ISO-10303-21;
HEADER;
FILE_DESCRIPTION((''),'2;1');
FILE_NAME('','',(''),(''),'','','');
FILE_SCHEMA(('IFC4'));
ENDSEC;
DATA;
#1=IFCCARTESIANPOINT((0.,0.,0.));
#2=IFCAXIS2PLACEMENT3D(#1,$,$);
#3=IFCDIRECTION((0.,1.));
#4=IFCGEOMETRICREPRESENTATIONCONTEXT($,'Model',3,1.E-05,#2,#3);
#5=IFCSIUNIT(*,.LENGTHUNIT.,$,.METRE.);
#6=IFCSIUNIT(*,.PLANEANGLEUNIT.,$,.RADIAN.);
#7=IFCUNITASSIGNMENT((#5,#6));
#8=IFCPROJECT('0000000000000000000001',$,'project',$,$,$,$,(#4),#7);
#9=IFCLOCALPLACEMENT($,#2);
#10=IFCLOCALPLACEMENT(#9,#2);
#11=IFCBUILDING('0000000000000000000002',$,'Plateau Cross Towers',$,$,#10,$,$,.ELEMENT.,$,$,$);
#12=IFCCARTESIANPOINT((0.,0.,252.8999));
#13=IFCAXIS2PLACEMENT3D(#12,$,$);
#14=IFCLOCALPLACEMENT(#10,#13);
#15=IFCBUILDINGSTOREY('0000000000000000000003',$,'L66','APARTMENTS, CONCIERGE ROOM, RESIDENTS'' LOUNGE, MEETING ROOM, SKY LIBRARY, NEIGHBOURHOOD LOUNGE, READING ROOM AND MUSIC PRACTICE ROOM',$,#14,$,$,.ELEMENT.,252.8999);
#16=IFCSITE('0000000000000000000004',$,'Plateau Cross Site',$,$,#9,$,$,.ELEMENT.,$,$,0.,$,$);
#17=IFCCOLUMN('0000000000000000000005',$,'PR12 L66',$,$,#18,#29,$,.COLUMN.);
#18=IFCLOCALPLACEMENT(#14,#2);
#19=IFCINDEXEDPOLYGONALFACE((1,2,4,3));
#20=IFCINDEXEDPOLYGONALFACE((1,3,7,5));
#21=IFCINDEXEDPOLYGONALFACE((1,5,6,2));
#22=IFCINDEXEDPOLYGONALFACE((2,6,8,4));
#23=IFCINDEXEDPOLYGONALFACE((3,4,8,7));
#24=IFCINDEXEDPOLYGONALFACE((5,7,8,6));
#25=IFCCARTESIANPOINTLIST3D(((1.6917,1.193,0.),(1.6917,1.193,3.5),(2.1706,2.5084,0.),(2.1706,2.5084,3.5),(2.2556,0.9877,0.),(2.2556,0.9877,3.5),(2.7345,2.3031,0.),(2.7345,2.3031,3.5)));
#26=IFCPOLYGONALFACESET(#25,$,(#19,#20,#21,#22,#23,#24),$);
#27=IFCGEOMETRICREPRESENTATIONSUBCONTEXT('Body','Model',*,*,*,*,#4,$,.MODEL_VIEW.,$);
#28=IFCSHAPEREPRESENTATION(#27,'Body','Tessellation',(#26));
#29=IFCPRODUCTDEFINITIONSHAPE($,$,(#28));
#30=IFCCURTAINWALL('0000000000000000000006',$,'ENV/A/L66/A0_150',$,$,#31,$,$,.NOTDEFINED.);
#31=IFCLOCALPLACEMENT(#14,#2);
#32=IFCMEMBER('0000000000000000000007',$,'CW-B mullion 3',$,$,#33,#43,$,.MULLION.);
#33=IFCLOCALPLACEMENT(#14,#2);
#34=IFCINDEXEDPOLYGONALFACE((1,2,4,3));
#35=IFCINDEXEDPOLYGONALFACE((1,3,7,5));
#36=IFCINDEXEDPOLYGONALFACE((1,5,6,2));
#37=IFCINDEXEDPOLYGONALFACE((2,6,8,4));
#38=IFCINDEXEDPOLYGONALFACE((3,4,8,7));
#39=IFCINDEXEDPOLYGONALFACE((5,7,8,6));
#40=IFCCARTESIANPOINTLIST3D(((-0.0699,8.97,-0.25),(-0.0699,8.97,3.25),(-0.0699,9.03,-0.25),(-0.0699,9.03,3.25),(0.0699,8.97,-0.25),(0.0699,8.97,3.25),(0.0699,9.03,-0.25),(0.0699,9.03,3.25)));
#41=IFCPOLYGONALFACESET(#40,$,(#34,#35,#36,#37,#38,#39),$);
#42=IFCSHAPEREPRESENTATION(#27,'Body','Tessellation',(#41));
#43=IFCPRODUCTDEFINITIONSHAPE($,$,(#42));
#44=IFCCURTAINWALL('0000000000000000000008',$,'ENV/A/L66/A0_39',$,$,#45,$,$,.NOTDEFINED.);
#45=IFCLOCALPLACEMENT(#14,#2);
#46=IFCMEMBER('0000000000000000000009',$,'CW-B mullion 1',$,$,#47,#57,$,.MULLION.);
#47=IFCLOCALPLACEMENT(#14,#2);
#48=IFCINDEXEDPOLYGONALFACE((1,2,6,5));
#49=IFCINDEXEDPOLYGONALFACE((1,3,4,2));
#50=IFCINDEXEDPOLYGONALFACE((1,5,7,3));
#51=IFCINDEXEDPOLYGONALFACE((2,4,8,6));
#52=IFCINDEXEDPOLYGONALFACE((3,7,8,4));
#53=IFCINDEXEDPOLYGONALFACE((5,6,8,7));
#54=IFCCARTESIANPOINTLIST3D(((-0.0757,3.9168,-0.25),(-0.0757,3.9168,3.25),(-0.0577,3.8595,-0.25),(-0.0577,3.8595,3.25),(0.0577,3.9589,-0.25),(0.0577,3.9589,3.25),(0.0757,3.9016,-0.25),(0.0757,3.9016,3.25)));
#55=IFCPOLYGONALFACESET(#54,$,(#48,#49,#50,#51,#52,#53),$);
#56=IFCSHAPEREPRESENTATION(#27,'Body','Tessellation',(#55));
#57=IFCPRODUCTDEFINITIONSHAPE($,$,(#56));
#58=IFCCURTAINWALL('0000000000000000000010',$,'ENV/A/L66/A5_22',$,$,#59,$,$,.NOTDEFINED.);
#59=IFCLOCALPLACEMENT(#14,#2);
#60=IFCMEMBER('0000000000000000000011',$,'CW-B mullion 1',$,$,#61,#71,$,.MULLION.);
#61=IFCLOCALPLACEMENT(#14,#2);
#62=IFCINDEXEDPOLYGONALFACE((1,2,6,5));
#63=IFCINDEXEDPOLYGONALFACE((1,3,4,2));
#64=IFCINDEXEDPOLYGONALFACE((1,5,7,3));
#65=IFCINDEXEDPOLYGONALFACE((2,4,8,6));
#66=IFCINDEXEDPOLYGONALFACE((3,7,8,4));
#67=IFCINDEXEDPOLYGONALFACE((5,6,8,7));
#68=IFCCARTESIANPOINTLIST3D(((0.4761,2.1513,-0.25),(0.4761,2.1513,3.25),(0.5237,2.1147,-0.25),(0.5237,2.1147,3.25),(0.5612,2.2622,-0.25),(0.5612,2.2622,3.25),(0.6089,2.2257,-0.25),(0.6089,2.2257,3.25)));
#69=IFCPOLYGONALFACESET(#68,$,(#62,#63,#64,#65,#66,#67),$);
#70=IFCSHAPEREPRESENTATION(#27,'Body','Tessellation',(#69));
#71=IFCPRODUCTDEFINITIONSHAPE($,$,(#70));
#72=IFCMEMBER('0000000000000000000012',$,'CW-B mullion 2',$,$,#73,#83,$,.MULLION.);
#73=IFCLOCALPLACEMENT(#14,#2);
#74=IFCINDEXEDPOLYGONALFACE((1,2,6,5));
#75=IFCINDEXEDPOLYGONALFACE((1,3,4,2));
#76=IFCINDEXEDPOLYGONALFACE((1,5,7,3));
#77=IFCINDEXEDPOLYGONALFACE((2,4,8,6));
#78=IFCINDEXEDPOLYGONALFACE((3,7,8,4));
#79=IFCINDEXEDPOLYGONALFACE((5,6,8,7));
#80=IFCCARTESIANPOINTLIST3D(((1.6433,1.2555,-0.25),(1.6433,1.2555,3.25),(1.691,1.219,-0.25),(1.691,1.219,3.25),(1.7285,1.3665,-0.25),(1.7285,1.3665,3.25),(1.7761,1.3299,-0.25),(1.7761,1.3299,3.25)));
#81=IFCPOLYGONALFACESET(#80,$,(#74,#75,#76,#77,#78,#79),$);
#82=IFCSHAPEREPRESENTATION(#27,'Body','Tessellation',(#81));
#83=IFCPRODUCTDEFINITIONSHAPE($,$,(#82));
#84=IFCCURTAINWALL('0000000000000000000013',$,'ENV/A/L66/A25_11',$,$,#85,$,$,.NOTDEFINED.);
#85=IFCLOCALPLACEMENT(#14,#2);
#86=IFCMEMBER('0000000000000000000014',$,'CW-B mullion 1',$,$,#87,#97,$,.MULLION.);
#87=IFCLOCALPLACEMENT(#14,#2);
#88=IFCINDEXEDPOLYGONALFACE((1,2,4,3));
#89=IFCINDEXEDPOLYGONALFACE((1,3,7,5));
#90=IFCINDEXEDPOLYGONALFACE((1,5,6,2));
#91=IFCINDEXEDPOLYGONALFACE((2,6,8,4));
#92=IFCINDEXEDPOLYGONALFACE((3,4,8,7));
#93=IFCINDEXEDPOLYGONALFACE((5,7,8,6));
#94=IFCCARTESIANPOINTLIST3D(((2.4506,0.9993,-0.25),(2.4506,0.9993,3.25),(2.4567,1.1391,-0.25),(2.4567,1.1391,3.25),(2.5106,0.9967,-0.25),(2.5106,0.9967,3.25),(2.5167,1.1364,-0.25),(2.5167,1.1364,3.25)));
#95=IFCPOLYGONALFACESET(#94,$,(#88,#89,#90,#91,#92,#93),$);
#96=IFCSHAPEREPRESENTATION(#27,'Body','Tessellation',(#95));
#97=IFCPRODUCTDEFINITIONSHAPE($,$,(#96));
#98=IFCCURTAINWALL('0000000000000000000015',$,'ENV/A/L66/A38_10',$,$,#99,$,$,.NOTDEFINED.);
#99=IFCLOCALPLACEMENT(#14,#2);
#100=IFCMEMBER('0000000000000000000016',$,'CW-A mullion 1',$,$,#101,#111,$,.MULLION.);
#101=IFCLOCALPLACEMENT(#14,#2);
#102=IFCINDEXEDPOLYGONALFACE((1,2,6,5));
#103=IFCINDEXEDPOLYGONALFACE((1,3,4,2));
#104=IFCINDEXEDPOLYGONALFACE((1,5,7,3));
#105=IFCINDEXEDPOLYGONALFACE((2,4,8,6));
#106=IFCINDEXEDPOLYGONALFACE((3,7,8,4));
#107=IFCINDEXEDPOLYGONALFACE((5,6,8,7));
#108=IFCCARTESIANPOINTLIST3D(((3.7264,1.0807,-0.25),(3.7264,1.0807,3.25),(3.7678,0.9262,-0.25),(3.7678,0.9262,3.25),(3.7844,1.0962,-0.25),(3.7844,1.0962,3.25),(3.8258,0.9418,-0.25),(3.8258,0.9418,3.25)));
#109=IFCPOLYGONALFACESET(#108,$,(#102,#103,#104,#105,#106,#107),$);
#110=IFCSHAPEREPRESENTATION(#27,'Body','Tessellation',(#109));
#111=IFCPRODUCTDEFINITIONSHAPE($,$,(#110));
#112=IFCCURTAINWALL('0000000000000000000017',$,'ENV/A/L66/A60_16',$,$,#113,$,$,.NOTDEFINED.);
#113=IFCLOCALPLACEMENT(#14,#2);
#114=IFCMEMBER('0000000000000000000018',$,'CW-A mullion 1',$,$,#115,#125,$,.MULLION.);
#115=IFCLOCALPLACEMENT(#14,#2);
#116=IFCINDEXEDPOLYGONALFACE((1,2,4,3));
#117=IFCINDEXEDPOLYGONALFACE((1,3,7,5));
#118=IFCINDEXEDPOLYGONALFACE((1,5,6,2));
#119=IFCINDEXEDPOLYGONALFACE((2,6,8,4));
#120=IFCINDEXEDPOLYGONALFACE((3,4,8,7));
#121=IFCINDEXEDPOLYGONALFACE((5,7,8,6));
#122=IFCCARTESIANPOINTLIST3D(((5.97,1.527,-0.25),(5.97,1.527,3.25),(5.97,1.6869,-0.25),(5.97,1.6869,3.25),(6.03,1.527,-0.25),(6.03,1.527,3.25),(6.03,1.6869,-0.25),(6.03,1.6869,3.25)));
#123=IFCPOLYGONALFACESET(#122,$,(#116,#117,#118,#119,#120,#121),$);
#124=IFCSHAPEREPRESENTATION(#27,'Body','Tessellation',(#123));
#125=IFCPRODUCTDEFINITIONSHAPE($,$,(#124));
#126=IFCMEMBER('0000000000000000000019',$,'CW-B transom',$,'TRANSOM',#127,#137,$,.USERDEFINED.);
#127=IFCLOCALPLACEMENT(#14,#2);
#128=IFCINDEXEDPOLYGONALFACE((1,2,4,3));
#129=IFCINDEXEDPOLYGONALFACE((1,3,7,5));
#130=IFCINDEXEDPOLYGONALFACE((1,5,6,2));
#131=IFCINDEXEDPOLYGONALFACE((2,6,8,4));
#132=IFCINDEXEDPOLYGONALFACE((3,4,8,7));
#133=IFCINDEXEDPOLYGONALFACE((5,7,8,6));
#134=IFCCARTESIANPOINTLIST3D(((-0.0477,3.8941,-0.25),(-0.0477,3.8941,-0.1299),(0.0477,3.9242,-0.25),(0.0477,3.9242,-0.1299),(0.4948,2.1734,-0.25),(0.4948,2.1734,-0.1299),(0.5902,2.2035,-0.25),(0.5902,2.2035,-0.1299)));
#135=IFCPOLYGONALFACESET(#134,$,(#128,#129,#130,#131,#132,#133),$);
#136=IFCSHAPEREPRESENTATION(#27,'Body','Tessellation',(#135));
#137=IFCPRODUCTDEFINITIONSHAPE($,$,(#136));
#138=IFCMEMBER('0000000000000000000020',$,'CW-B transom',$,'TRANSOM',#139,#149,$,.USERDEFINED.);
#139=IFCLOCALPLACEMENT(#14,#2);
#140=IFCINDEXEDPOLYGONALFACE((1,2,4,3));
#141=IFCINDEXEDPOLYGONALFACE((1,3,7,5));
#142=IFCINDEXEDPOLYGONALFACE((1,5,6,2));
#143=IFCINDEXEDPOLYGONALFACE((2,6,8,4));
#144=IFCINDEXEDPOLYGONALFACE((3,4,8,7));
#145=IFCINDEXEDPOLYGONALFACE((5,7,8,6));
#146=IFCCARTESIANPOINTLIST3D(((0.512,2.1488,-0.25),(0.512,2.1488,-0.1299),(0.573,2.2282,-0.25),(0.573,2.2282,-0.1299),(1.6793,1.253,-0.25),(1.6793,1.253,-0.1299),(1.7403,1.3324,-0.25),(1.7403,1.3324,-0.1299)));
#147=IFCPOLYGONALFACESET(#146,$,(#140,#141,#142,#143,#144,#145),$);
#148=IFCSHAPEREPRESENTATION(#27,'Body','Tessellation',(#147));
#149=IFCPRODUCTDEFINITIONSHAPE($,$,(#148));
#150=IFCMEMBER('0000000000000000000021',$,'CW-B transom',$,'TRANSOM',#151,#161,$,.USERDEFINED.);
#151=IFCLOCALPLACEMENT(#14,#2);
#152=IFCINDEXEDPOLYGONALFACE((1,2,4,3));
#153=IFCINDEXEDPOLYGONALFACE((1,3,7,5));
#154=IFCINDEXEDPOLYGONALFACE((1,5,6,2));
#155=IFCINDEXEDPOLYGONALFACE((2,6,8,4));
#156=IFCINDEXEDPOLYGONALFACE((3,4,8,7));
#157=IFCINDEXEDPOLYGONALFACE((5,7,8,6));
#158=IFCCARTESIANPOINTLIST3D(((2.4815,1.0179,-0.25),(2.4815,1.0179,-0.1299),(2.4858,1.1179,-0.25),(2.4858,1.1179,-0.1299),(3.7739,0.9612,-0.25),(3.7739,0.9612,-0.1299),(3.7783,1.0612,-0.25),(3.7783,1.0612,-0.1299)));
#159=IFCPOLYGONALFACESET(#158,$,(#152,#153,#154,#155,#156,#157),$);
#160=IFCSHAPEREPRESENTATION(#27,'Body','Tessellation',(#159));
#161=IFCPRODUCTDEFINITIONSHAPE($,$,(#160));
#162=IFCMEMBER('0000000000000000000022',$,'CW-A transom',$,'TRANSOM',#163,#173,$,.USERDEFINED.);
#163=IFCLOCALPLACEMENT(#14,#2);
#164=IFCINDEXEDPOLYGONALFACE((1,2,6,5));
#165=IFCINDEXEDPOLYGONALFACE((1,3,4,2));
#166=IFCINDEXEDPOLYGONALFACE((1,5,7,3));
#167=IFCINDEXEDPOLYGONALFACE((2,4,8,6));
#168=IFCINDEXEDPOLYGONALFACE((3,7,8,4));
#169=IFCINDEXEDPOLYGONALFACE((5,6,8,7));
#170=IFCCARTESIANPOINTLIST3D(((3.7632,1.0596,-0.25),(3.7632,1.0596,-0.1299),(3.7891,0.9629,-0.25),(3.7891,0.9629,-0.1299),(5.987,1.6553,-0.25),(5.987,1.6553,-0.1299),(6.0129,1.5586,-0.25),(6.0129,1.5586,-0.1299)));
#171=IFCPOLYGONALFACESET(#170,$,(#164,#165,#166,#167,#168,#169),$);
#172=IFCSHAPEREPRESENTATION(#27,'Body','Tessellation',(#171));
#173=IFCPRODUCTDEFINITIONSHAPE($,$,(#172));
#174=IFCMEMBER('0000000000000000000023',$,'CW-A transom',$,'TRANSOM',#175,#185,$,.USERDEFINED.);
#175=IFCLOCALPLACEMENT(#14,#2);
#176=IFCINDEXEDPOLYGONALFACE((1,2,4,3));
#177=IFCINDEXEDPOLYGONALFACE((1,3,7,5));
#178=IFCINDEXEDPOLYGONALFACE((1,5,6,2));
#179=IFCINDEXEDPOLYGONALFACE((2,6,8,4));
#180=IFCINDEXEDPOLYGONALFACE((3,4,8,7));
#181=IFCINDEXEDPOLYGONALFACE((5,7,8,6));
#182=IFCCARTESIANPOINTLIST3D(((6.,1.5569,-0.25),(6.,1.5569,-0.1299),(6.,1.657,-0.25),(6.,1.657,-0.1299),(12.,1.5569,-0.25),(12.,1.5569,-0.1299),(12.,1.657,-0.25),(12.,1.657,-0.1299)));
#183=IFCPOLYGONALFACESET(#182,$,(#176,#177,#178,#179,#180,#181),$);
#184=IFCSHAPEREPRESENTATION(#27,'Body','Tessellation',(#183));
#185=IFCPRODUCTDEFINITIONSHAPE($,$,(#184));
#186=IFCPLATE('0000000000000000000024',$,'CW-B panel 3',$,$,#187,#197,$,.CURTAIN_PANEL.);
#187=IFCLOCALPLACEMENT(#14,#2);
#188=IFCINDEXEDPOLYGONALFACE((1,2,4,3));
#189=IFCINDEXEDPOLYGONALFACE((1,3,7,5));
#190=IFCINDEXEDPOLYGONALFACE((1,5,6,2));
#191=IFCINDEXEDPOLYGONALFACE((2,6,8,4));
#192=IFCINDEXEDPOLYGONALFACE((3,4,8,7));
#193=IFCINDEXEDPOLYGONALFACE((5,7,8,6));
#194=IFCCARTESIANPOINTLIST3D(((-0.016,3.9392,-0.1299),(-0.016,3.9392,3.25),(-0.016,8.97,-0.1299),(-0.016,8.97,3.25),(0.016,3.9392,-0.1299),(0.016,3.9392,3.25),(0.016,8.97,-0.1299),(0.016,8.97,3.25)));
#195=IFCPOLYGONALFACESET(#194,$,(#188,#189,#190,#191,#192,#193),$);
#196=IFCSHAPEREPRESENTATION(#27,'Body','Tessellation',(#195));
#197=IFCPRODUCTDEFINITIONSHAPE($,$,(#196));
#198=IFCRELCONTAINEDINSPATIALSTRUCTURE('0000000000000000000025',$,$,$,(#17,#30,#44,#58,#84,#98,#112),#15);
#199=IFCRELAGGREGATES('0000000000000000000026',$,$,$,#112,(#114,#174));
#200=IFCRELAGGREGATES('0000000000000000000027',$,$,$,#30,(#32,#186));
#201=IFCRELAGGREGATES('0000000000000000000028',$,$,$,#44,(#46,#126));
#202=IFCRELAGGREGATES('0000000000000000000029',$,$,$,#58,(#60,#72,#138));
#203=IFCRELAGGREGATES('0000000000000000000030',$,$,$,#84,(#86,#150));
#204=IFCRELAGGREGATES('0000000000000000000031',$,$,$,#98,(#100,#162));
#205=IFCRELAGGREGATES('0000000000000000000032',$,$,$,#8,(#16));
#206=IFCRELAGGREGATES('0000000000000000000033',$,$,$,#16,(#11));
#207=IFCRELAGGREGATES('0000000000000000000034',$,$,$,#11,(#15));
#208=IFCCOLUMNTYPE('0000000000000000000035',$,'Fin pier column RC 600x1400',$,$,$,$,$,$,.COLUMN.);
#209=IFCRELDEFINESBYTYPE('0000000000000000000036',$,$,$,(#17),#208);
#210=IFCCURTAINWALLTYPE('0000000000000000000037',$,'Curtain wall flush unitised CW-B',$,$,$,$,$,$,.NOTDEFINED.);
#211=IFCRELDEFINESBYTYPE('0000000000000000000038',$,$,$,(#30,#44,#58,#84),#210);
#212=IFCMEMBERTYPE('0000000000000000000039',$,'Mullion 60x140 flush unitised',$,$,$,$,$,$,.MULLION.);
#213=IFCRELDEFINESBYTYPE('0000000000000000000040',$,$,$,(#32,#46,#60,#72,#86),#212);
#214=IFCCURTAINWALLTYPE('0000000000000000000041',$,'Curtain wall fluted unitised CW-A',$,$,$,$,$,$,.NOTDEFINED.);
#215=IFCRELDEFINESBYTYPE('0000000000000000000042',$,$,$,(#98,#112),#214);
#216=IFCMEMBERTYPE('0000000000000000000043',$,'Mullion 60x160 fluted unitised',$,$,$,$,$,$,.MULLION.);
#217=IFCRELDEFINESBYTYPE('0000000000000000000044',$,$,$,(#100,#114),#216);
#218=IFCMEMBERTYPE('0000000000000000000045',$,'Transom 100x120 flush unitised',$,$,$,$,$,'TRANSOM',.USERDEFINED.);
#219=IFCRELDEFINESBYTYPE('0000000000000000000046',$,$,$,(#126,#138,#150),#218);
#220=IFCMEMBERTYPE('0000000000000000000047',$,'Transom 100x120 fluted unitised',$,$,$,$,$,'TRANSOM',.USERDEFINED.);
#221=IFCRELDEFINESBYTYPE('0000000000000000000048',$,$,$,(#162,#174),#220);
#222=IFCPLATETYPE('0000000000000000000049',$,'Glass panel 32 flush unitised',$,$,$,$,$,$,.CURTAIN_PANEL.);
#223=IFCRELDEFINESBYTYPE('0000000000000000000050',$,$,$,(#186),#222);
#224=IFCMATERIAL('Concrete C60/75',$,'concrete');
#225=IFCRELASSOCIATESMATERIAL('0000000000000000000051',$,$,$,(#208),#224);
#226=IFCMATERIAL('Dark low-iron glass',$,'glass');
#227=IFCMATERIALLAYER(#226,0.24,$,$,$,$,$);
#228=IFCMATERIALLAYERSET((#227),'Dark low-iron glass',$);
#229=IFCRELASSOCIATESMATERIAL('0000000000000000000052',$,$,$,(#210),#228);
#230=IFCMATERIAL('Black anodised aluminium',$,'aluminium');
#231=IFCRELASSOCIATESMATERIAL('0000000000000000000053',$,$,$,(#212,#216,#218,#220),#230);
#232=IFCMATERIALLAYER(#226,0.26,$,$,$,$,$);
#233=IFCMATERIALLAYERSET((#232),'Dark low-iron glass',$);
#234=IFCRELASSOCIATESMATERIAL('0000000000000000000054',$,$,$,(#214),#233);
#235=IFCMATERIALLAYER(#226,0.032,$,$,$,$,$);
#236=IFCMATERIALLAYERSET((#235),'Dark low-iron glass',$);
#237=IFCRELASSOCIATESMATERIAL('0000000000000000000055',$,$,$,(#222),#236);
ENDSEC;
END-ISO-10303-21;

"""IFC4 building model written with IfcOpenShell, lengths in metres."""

from ifc_helpers import new_model, si_unit, direction, frame, origin, origin_2d, place, context, subcontext, project, spatial, rectangle, extrude, material, layer, layer_set, material_profile, profile_set, type_object, element, aggregate, save


model = new_model("IFC4")

# Units and contexts
model_context = context("Model", 3, precision=1e-05, world=origin(), true_north=direction((0.0, 1.0)))
body_context = subcontext(model_context, "Body", "Model", "MODEL_VIEW")
ifc_project = project(units=[si_unit("LENGTHUNIT", "METRE"), si_unit("PLANEANGLEUNIT", "RADIAN")], contexts=[model_context])

# Site, building, storey
site_placement = place(None, origin())
site = spatial("IfcSite", under=ifc_project, at=site_placement, Name="Plateau Cross Site", CompositionType="ELEMENT", RefElevation=0.0)
building_placement = place(site_placement, origin())
building = spatial("IfcBuilding", under=site, at=building_placement, Name="Plateau Cross Towers", CompositionType="ELEMENT")
storey_placement = place(building_placement, frame((0.0, 0.0, 252.8999)))
storey = spatial("IfcBuildingStorey", under=building, at=storey_placement, Name="L66", Description="APARTMENTS, CONCIERGE ROOM, RESIDENTS' LOUNGE, MEETING ROOM, SKY LIBRARY, NEIGHBOURHOOD LOUNGE, READING ROOM AND MUSIC PRACTICE ROOM", CompositionType="ELEMENT", Elevation=252.8999)

# Column
ifc_material_1 = material(Name="Concrete C60/75", Category="concrete")
ifc_material_profile_1 = material_profile(ifc_material_1, rectangle(XDim=0.6001, YDim=1.3999, at=origin_2d()), Name="RC 600x1400")
ifc_profile_set_1 = profile_set([ifc_material_profile_1], Name="Concrete C60/75")
column_type = type_object("IfcColumnType", Name="Fin pier column RC 600x1400", PredefinedType="COLUMN", material=ifc_profile_set_1)
column_placement = place(storey_placement, frame((2.2131, 1.748, 0.0), z_axis=(0.0, 0.0, 1.0), x_axis=(-0.939664, 0.342098, 0.0)))
element("IfcColumn", 1, at=column_placement, inside=storey, type_object=column_type, Name="PR12 L66", PredefinedType="COLUMN", context=body_context, shape_type="SweptSolid", body=[
    extrude(rectangle(XDim=0.6001, YDim=1.3999, at=origin_2d()), origin(), (0.0, 0.0, 1.0), 3.5),
])

# Curtain walls, members
ifc_material_2 = material(Name="Dark low-iron glass", Category="glass")
ifc_layer_1 = layer(ifc_material_2, 0.24)
ifc_layer_set_1 = layer_set([ifc_layer_1], Name="Dark low-iron glass")
curtain_wall_type_1 = type_object("IfcCurtainWallType", Name="Curtain wall flush unitised CW-B", PredefinedType="NOTDEFINED", material=ifc_layer_set_1)
curtain_wall_1_placement = place(storey_placement, origin())
curtain_wall_1 = element("IfcCurtainWall", 2, at=curtain_wall_1_placement, inside=storey, type_object=curtain_wall_type_1, Name="ENV/A/L66/A0_150", PredefinedType="NOTDEFINED")
ifc_material_3 = material(Name="Black anodised aluminium", Category="aluminium")
ifc_material_profile_2 = material_profile(ifc_material_3, rectangle(XDim=0.0601, YDim=0.1399, at=origin_2d()), Name="MULLION 60x140")
ifc_profile_set_2 = profile_set([ifc_material_profile_2], Name="Black anodised aluminium")
member_type_1 = type_object("IfcMemberType", Name="Mullion 60x140 flush unitised", PredefinedType="MULLION", material=ifc_profile_set_2)
member_1_placement = place(storey_placement, frame((0.0, 9.0, -0.25), z_axis=(0.0, 0.0, 1.0), x_axis=(0.0, -1.0, 0.0)))
member_1 = element("IfcMember", 3, at=member_1_placement, type_object=member_type_1, Name="CW-B mullion 3", PredefinedType="MULLION", context=body_context, shape_type="SweptSolid", body=[
    extrude(rectangle(XDim=0.0601, YDim=0.1399, at=origin_2d()), origin(), (0.0, 0.0, 1.0), 3.5),
])
curtain_wall_2_placement = place(storey_placement, origin())
curtain_wall_2 = element("IfcCurtainWall", 4, at=curtain_wall_2_placement, inside=storey, type_object=curtain_wall_type_1, Name="ENV/A/L66/A0_39", PredefinedType="NOTDEFINED")
member_2_placement = place(storey_placement, frame((0.0, 3.9092, -0.25), z_axis=(0.0, 0.0, 1.0), x_axis=(0.300686, -0.953723, 0.0)))
member_2 = element("IfcMember", 5, at=member_2_placement, type_object=member_type_1, Name="CW-B mullion 1", PredefinedType="MULLION", context=body_context, shape_type="SweptSolid", body=[
    extrude(rectangle(XDim=0.0601, YDim=0.1399, at=origin_2d()), origin(), (0.0, 0.0, 1.0), 3.5),
])

# Curtain wall, members
curtain_wall_3_placement = place(storey_placement, origin())
curtain_wall_3 = element("IfcCurtainWall", 6, at=curtain_wall_3_placement, inside=storey, type_object=curtain_wall_type_1, Name="ENV/A/L66/A5_22", PredefinedType="NOTDEFINED")
member_3_placement = place(storey_placement, frame((0.5425, 2.1885, -0.25), z_axis=(0.0, 0.0, 1.0), x_axis=(0.793316, -0.608811, 0.0)))
member_3 = element("IfcMember", 7, at=member_3_placement, type_object=member_type_1, Name="CW-B mullion 1", PredefinedType="MULLION", context=body_context, shape_type="SweptSolid", body=[
    extrude(rectangle(XDim=0.0601, YDim=0.1399, at=origin_2d()), origin(), (0.0, 0.0, 1.0), 3.5),
])
member_4_placement = place(storey_placement, frame((1.7097, 1.2927, -0.25), z_axis=(0.0, 0.0, 1.0), x_axis=(0.793316, -0.608811, 0.0)))
member_4 = element("IfcMember", 8, at=member_4_placement, type_object=member_type_1, Name="CW-B mullion 2", PredefinedType="MULLION", context=body_context, shape_type="SweptSolid", body=[
    extrude(rectangle(XDim=0.0601, YDim=0.1399, at=origin_2d()), origin(), (0.0, 0.0, 1.0), 3.5),
])

# Curtain walls, members
curtain_wall_4_placement = place(storey_placement, origin())
curtain_wall_4 = element("IfcCurtainWall", 9, at=curtain_wall_4_placement, inside=storey, type_object=curtain_wall_type_1, Name="ENV/A/L66/A25_11", PredefinedType="NOTDEFINED")
member_5_placement = place(storey_placement, frame((2.4836, 1.0679, -0.25), z_axis=(0.0, 0.0, 1.0), x_axis=(0.999044, -0.043723, 0.0)))
member_5 = element("IfcMember", 10, at=member_5_placement, type_object=member_type_1, Name="CW-B mullion 1", PredefinedType="MULLION", context=body_context, shape_type="SweptSolid", body=[
    extrude(rectangle(XDim=0.0601, YDim=0.1399, at=origin_2d()), origin(), (0.0, 0.0, 1.0), 3.5),
])
ifc_layer_2 = layer(ifc_material_2, 0.26)
ifc_layer_set_2 = layer_set([ifc_layer_2], Name="Dark low-iron glass")
curtain_wall_type_2 = type_object("IfcCurtainWallType", Name="Curtain wall fluted unitised CW-A", PredefinedType="NOTDEFINED", material=ifc_layer_set_2)
curtain_wall_5_placement = place(storey_placement, origin())
curtain_wall_5 = element("IfcCurtainWall", 11, at=curtain_wall_5_placement, inside=storey, type_object=curtain_wall_type_2, Name="ENV/A/L66/A38_10", PredefinedType="NOTDEFINED")
ifc_material_profile_3 = material_profile(ifc_material_3, rectangle(XDim=0.0601, YDim=0.1599, at=origin_2d()), Name="MULLION 60x160")
ifc_profile_set_3 = profile_set([ifc_material_profile_3], Name="Black anodised aluminium")
member_type_2 = type_object("IfcMemberType", Name="Mullion 60x160 fluted unitised", PredefinedType="MULLION", material=ifc_profile_set_3)
member_6_placement = place(storey_placement, frame((3.7761, 1.0112, -0.25), z_axis=(0.0, 0.0, 1.0), x_axis=(0.965958, 0.258699, 0.0)))
member_6 = element("IfcMember", 12, at=member_6_placement, type_object=member_type_2, Name="CW-A mullion 1", PredefinedType="MULLION", context=body_context, shape_type="SweptSolid", body=[
    extrude(rectangle(XDim=0.0601, YDim=0.1599, at=origin_2d()), origin(), (0.0, 0.0, 1.0), 3.5),
])
curtain_wall_6_placement = place(storey_placement, origin())
curtain_wall_6 = element("IfcCurtainWall", 13, at=curtain_wall_6_placement, inside=storey, type_object=curtain_wall_type_2, Name="ENV/A/L66/A60_16", PredefinedType="NOTDEFINED")
member_7_placement = place(storey_placement, frame((6.0, 1.6069, -0.25), z_axis=(0.0, 0.0, 1.0), x_axis=(1.0, 0.0, 0.0)))
member_7 = element("IfcMember", 14, at=member_7_placement, type_object=member_type_2, Name="CW-A mullion 1", PredefinedType="MULLION", context=body_context, shape_type="SweptSolid", body=[
    extrude(rectangle(XDim=0.0601, YDim=0.1599, at=origin_2d()), origin(), (0.0, 0.0, 1.0), 3.5),
])

# Members
ifc_material_profile_4 = material_profile(ifc_material_3, rectangle(XDim=0.1001, YDim=0.1201, at=origin_2d()), Name="TRANSOM 100x120")
ifc_profile_set_4 = profile_set([ifc_material_profile_4], Name="Black anodised aluminium")
member_type_3 = type_object("IfcMemberType", Name="Transom 100x120 flush unitised", ElementType="TRANSOM", PredefinedType="USERDEFINED", material=ifc_profile_set_4)
member_8_placement = place(storey_placement, frame((0.0, 3.9092, -0.1899), z_axis=(0.300678, -0.953726, 0.0), x_axis=(0.953726, 0.300678, 0.0)))
member_8 = element("IfcMember", 15, at=member_8_placement, type_object=member_type_3, Name="CW-B transom", ObjectType="TRANSOM", PredefinedType="USERDEFINED", context=body_context, shape_type="SweptSolid", body=[
    extrude(rectangle(XDim=0.1001, YDim=0.1201, at=origin_2d()), origin(), (0.0, 0.0, 1.0), 1.8042),
])
member_9_placement = place(storey_placement, frame((0.5425, 2.1885, -0.1899), z_axis=(0.793321, -0.608804, 0.0), x_axis=(0.608804, 0.793321, 0.0)))
member_9 = element("IfcMember", 16, at=member_9_placement, type_object=member_type_3, Name="CW-B transom", ObjectType="TRANSOM", PredefinedType="USERDEFINED", context=body_context, shape_type="SweptSolid", body=[
    extrude(rectangle(XDim=0.1001, YDim=0.1201, at=origin_2d()), origin(), (0.0, 0.0, 1.0), 1.4714),
])
member_10_placement = place(storey_placement, frame((2.4836, 1.0679, -0.1899), z_axis=(0.999041, -0.043781, 0.0), x_axis=(0.043781, 0.999041, 0.0)))
member_10 = element("IfcMember", 17, at=member_10_placement, type_object=member_type_3, Name="CW-B transom", ObjectType="TRANSOM", PredefinedType="USERDEFINED", context=body_context, shape_type="SweptSolid", body=[
    extrude(rectangle(XDim=0.1001, YDim=0.1201, at=origin_2d()), origin(), (0.0, 0.0, 1.0), 1.2937),
])
ifc_material_profile_5 = material_profile(ifc_material_3, rectangle(XDim=0.1001, YDim=0.1201, at=origin_2d()), Name="TRANSOM 100x120")
ifc_profile_set_5 = profile_set([ifc_material_profile_5], Name="Black anodised aluminium")
member_type_4 = type_object("IfcMemberType", Name="Transom 100x120 fluted unitised", ElementType="TRANSOM", PredefinedType="USERDEFINED", material=ifc_profile_set_5)
member_11_placement = place(storey_placement, frame((3.7761, 1.0112, -0.1899), z_axis=(0.965946, 0.258745, 0.0), x_axis=(-0.258745, 0.965946, 0.0)))
member_11 = element("IfcMember", 18, at=member_11_placement, type_object=member_type_4, Name="CW-A transom", ObjectType="TRANSOM", PredefinedType="USERDEFINED", context=body_context, shape_type="SweptSolid", body=[
    extrude(rectangle(XDim=0.1001, YDim=0.1201, at=origin_2d()), origin(), (0.0, 0.0, 1.0), 2.3022),
])
member_12_placement = place(storey_placement, frame((6.0, 1.6069, -0.1899), z_axis=(1.0, 0.0, 0.0), x_axis=(0.0, 1.0, 0.0)))
member_12 = element("IfcMember", 19, at=member_12_placement, type_object=member_type_4, Name="CW-A transom", ObjectType="TRANSOM", PredefinedType="USERDEFINED", context=body_context, shape_type="SweptSolid", body=[
    extrude(rectangle(XDim=0.1001, YDim=0.1201, at=origin_2d()), origin(), (0.0, 0.0, 1.0), 6.0),
])
aggregate(curtain_wall_6, [member_7, member_12])

# Plate
ifc_layer_3 = layer(ifc_material_2, 0.032)
ifc_layer_set_3 = layer_set([ifc_layer_3], Name="Dark low-iron glass")
plate_type_1 = type_object("IfcPlateType", Name="Glass panel 32 flush unitised", PredefinedType="CURTAIN_PANEL", material=ifc_layer_set_3)
plate_1_placement = place(storey_placement, frame((0.0, 6.4546, -0.1299), z_axis=(0.0, 0.0, 1.0), x_axis=(0.0, -1.0, 0.0)))
plate_1 = element("IfcPlate", 20, at=plate_1_placement, type_object=plate_type_1, Name="CW-B panel 3", PredefinedType="CURTAIN_PANEL", context=body_context, shape_type="SweptSolid", body=[
    extrude(rectangle(XDim=5.0308, YDim=0.032, at=origin_2d()), origin(), (0.0, 0.0, 1.0), 3.3799),
])
aggregate(curtain_wall_1, [member_1, plate_1])
aggregate(curtain_wall_2, [member_2, member_8])
aggregate(curtain_wall_3, [member_3, member_4, member_9])
aggregate(curtain_wall_4, [member_5, member_10])
aggregate(curtain_wall_5, [member_6, member_11])

save(model, "model.ifc")
